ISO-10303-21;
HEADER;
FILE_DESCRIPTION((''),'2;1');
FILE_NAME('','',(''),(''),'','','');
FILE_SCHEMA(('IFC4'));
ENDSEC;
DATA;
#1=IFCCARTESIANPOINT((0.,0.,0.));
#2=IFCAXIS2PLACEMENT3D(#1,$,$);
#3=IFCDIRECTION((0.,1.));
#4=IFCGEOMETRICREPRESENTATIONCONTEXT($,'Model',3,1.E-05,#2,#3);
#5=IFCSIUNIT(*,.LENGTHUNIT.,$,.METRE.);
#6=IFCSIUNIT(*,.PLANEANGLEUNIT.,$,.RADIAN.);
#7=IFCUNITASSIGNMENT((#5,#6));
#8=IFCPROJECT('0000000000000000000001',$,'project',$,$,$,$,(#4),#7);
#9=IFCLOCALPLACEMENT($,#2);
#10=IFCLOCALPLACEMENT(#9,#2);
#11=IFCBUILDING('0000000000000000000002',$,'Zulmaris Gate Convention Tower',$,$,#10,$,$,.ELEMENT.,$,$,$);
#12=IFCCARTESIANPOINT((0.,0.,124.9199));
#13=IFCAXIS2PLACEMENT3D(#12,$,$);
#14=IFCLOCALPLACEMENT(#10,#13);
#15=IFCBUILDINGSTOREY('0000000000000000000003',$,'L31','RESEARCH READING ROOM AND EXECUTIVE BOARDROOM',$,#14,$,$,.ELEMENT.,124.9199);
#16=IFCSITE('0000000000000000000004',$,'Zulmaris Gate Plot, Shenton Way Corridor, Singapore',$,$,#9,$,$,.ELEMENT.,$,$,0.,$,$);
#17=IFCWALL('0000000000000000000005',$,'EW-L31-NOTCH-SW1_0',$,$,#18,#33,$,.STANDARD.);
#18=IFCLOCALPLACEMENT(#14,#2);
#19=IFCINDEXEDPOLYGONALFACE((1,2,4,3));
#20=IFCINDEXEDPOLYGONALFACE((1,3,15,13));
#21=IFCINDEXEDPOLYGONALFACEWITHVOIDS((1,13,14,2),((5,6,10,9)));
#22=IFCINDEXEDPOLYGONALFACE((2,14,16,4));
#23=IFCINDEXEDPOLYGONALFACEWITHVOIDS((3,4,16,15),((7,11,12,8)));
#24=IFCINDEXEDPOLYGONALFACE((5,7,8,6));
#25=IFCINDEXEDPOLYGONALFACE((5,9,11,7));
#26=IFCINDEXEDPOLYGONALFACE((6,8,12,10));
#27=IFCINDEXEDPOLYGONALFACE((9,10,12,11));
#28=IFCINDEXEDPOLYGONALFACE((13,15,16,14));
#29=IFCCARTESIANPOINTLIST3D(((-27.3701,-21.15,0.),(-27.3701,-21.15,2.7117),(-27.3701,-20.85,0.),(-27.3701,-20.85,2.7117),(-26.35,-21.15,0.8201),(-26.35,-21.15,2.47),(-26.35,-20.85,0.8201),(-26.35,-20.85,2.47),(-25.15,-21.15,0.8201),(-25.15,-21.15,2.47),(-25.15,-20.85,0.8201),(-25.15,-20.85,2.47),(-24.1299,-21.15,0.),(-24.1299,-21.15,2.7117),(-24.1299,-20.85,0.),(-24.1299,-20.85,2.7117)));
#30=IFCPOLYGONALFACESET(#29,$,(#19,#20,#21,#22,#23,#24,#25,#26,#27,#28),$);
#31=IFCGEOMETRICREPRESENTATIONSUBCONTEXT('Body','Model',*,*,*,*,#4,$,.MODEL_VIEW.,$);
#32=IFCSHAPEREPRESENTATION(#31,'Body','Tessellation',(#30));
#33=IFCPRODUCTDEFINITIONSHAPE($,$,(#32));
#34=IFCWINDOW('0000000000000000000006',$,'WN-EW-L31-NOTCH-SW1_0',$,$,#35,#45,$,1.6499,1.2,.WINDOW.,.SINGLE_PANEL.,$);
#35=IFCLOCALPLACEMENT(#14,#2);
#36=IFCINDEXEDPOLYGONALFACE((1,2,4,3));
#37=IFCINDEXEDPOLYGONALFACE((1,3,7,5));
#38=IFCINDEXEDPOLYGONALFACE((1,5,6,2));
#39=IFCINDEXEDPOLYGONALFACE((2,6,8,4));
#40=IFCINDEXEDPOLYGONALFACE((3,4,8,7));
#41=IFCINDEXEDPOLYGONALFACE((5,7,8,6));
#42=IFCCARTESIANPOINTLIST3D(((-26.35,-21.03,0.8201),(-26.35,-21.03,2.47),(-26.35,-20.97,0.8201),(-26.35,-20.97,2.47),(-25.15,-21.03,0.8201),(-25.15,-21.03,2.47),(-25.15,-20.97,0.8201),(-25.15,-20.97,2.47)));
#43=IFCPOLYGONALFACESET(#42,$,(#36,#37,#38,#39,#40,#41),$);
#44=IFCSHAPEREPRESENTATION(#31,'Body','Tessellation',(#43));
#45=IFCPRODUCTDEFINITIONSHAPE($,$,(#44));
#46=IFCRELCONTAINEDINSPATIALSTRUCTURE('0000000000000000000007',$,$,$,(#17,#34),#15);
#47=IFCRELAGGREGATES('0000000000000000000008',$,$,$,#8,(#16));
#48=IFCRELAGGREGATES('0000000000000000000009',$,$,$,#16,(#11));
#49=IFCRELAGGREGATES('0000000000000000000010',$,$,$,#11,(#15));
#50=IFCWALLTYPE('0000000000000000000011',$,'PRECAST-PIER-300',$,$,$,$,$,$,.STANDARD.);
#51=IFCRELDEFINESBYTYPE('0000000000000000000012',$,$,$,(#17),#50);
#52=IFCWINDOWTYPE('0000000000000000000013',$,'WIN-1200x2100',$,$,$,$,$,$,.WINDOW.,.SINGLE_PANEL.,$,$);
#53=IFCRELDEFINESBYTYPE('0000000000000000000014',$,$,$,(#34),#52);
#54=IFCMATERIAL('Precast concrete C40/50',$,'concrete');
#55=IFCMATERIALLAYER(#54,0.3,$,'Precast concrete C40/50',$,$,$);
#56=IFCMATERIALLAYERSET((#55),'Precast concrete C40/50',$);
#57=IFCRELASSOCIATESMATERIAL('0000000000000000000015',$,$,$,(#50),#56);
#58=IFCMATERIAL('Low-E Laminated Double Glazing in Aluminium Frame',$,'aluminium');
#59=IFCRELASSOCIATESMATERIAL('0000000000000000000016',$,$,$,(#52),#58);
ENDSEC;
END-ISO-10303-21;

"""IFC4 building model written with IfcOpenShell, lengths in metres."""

from ifc_helpers import new_model, si_unit, direction, frame, frame_2d, origin, place, context, subcontext, project, spatial, rectangle, extrude, material, layer, layer_set, type_object, element, fill, save


model = new_model("IFC4")

# Units and contexts
model_context = context("Model", 3, precision=1e-05, world=origin(), true_north=direction((0.0, 1.0)))
body_context = subcontext(model_context, "Body", "Model", "MODEL_VIEW")
ifc_project = project(units=[si_unit("LENGTHUNIT", "METRE"), si_unit("PLANEANGLEUNIT", "RADIAN")], contexts=[model_context])

# Site, building, storey
site_placement = place(None, origin())
site = spatial("IfcSite", under=ifc_project, at=site_placement, Name="Zulmaris Gate Plot, Shenton Way Corridor, Singapore", CompositionType="ELEMENT", RefElevation=0.0)
building_placement = place(site_placement, origin())
building = spatial("IfcBuilding", under=site, at=building_placement, Name="Zulmaris Gate Convention Tower", CompositionType="ELEMENT")
storey_placement = place(building_placement, frame((0.0, 0.0, 124.9199)))
storey = spatial("IfcBuildingStorey", under=building, at=storey_placement, Name="L31", Description="RESEARCH READING ROOM AND EXECUTIVE BOARDROOM", CompositionType="ELEMENT", Elevation=124.9199)

# Wall, opening, window
ifc_material_1 = material(Name="Precast concrete C40/50", Category="concrete")
ifc_layer_1 = layer(ifc_material_1, 0.3, Name="Precast concrete C40/50")
ifc_layer_set_1 = layer_set([ifc_layer_1], Name="Precast concrete C40/50")
wall_type_1 = type_object("IfcWallType", Name="PRECAST-PIER-300", PredefinedType="STANDARD", material=ifc_layer_set_1)
wall_1_placement = place(storey_placement, frame((-27.3701, -21.0, 0.0), z_axis=(0.0, 0.0, 1.0), x_axis=(1.0, 0.0, 0.0)))
wall_1 = element("IfcWall", 1, at=wall_1_placement, inside=storey, type_object=wall_type_1, Name="EW-L31-NOTCH-SW1_0", PredefinedType="STANDARD", context=body_context, shape_type="SweptSolid", body=[
    extrude(rectangle(XDim=3.2402, YDim=0.3, at=frame_2d((1.6201, 0.0))), origin(), (0.0, 0.0, 1.0), 2.7117),
])
opening_1_placement = place(wall_1_placement, frame((1.02, 0.0, 0.8201)))
opening_1 = element("IfcOpeningElement", 2, at=opening_1_placement, cuts=wall_1, PredefinedType="OPENING", context=body_context, shape_type="SweptSolid", body=[
    extrude(rectangle(XDim=1.2, YDim=1.6499, at=frame_2d((0.6001, 0.825))), frame((0.0, 0.1602, 0.0), z_axis=(0.0, -1.0, 0.0), x_axis=(1.0, 0.0, 0.0)), (0.0, 0.0, 1.0), 0.3201),
])
ifc_material_2 = material(Name="Low-E Laminated Double Glazing in Aluminium Frame", Category="aluminium")
window_type = type_object("IfcWindowType", Name="WIN-1200x2100", PartitioningType="SINGLE_PANEL", PredefinedType="WINDOW", material=ifc_material_2)
window_placement = place(opening_1_placement, origin())
window = element("IfcWindow", 3, at=window_placement, inside=storey, type_object=window_type, Name="WN-EW-L31-NOTCH-SW1_0", OverallHeight=1.6499, OverallWidth=1.2, PartitioningType="SINGLE_PANEL", PredefinedType="WINDOW", context=body_context, shape_type="SweptSolid", body=[
    extrude(rectangle(XDim=1.2, YDim=1.6499, at=frame_2d((0.6001, 0.825))), frame((0.0, 0.03, 0.0), z_axis=(0.0, -1.0, 0.0), x_axis=(1.0, 0.0, 0.0)), (0.0, 0.0, 1.0), 0.0601),
])
fill(opening_1, window)

save(model, "model.ifc")
